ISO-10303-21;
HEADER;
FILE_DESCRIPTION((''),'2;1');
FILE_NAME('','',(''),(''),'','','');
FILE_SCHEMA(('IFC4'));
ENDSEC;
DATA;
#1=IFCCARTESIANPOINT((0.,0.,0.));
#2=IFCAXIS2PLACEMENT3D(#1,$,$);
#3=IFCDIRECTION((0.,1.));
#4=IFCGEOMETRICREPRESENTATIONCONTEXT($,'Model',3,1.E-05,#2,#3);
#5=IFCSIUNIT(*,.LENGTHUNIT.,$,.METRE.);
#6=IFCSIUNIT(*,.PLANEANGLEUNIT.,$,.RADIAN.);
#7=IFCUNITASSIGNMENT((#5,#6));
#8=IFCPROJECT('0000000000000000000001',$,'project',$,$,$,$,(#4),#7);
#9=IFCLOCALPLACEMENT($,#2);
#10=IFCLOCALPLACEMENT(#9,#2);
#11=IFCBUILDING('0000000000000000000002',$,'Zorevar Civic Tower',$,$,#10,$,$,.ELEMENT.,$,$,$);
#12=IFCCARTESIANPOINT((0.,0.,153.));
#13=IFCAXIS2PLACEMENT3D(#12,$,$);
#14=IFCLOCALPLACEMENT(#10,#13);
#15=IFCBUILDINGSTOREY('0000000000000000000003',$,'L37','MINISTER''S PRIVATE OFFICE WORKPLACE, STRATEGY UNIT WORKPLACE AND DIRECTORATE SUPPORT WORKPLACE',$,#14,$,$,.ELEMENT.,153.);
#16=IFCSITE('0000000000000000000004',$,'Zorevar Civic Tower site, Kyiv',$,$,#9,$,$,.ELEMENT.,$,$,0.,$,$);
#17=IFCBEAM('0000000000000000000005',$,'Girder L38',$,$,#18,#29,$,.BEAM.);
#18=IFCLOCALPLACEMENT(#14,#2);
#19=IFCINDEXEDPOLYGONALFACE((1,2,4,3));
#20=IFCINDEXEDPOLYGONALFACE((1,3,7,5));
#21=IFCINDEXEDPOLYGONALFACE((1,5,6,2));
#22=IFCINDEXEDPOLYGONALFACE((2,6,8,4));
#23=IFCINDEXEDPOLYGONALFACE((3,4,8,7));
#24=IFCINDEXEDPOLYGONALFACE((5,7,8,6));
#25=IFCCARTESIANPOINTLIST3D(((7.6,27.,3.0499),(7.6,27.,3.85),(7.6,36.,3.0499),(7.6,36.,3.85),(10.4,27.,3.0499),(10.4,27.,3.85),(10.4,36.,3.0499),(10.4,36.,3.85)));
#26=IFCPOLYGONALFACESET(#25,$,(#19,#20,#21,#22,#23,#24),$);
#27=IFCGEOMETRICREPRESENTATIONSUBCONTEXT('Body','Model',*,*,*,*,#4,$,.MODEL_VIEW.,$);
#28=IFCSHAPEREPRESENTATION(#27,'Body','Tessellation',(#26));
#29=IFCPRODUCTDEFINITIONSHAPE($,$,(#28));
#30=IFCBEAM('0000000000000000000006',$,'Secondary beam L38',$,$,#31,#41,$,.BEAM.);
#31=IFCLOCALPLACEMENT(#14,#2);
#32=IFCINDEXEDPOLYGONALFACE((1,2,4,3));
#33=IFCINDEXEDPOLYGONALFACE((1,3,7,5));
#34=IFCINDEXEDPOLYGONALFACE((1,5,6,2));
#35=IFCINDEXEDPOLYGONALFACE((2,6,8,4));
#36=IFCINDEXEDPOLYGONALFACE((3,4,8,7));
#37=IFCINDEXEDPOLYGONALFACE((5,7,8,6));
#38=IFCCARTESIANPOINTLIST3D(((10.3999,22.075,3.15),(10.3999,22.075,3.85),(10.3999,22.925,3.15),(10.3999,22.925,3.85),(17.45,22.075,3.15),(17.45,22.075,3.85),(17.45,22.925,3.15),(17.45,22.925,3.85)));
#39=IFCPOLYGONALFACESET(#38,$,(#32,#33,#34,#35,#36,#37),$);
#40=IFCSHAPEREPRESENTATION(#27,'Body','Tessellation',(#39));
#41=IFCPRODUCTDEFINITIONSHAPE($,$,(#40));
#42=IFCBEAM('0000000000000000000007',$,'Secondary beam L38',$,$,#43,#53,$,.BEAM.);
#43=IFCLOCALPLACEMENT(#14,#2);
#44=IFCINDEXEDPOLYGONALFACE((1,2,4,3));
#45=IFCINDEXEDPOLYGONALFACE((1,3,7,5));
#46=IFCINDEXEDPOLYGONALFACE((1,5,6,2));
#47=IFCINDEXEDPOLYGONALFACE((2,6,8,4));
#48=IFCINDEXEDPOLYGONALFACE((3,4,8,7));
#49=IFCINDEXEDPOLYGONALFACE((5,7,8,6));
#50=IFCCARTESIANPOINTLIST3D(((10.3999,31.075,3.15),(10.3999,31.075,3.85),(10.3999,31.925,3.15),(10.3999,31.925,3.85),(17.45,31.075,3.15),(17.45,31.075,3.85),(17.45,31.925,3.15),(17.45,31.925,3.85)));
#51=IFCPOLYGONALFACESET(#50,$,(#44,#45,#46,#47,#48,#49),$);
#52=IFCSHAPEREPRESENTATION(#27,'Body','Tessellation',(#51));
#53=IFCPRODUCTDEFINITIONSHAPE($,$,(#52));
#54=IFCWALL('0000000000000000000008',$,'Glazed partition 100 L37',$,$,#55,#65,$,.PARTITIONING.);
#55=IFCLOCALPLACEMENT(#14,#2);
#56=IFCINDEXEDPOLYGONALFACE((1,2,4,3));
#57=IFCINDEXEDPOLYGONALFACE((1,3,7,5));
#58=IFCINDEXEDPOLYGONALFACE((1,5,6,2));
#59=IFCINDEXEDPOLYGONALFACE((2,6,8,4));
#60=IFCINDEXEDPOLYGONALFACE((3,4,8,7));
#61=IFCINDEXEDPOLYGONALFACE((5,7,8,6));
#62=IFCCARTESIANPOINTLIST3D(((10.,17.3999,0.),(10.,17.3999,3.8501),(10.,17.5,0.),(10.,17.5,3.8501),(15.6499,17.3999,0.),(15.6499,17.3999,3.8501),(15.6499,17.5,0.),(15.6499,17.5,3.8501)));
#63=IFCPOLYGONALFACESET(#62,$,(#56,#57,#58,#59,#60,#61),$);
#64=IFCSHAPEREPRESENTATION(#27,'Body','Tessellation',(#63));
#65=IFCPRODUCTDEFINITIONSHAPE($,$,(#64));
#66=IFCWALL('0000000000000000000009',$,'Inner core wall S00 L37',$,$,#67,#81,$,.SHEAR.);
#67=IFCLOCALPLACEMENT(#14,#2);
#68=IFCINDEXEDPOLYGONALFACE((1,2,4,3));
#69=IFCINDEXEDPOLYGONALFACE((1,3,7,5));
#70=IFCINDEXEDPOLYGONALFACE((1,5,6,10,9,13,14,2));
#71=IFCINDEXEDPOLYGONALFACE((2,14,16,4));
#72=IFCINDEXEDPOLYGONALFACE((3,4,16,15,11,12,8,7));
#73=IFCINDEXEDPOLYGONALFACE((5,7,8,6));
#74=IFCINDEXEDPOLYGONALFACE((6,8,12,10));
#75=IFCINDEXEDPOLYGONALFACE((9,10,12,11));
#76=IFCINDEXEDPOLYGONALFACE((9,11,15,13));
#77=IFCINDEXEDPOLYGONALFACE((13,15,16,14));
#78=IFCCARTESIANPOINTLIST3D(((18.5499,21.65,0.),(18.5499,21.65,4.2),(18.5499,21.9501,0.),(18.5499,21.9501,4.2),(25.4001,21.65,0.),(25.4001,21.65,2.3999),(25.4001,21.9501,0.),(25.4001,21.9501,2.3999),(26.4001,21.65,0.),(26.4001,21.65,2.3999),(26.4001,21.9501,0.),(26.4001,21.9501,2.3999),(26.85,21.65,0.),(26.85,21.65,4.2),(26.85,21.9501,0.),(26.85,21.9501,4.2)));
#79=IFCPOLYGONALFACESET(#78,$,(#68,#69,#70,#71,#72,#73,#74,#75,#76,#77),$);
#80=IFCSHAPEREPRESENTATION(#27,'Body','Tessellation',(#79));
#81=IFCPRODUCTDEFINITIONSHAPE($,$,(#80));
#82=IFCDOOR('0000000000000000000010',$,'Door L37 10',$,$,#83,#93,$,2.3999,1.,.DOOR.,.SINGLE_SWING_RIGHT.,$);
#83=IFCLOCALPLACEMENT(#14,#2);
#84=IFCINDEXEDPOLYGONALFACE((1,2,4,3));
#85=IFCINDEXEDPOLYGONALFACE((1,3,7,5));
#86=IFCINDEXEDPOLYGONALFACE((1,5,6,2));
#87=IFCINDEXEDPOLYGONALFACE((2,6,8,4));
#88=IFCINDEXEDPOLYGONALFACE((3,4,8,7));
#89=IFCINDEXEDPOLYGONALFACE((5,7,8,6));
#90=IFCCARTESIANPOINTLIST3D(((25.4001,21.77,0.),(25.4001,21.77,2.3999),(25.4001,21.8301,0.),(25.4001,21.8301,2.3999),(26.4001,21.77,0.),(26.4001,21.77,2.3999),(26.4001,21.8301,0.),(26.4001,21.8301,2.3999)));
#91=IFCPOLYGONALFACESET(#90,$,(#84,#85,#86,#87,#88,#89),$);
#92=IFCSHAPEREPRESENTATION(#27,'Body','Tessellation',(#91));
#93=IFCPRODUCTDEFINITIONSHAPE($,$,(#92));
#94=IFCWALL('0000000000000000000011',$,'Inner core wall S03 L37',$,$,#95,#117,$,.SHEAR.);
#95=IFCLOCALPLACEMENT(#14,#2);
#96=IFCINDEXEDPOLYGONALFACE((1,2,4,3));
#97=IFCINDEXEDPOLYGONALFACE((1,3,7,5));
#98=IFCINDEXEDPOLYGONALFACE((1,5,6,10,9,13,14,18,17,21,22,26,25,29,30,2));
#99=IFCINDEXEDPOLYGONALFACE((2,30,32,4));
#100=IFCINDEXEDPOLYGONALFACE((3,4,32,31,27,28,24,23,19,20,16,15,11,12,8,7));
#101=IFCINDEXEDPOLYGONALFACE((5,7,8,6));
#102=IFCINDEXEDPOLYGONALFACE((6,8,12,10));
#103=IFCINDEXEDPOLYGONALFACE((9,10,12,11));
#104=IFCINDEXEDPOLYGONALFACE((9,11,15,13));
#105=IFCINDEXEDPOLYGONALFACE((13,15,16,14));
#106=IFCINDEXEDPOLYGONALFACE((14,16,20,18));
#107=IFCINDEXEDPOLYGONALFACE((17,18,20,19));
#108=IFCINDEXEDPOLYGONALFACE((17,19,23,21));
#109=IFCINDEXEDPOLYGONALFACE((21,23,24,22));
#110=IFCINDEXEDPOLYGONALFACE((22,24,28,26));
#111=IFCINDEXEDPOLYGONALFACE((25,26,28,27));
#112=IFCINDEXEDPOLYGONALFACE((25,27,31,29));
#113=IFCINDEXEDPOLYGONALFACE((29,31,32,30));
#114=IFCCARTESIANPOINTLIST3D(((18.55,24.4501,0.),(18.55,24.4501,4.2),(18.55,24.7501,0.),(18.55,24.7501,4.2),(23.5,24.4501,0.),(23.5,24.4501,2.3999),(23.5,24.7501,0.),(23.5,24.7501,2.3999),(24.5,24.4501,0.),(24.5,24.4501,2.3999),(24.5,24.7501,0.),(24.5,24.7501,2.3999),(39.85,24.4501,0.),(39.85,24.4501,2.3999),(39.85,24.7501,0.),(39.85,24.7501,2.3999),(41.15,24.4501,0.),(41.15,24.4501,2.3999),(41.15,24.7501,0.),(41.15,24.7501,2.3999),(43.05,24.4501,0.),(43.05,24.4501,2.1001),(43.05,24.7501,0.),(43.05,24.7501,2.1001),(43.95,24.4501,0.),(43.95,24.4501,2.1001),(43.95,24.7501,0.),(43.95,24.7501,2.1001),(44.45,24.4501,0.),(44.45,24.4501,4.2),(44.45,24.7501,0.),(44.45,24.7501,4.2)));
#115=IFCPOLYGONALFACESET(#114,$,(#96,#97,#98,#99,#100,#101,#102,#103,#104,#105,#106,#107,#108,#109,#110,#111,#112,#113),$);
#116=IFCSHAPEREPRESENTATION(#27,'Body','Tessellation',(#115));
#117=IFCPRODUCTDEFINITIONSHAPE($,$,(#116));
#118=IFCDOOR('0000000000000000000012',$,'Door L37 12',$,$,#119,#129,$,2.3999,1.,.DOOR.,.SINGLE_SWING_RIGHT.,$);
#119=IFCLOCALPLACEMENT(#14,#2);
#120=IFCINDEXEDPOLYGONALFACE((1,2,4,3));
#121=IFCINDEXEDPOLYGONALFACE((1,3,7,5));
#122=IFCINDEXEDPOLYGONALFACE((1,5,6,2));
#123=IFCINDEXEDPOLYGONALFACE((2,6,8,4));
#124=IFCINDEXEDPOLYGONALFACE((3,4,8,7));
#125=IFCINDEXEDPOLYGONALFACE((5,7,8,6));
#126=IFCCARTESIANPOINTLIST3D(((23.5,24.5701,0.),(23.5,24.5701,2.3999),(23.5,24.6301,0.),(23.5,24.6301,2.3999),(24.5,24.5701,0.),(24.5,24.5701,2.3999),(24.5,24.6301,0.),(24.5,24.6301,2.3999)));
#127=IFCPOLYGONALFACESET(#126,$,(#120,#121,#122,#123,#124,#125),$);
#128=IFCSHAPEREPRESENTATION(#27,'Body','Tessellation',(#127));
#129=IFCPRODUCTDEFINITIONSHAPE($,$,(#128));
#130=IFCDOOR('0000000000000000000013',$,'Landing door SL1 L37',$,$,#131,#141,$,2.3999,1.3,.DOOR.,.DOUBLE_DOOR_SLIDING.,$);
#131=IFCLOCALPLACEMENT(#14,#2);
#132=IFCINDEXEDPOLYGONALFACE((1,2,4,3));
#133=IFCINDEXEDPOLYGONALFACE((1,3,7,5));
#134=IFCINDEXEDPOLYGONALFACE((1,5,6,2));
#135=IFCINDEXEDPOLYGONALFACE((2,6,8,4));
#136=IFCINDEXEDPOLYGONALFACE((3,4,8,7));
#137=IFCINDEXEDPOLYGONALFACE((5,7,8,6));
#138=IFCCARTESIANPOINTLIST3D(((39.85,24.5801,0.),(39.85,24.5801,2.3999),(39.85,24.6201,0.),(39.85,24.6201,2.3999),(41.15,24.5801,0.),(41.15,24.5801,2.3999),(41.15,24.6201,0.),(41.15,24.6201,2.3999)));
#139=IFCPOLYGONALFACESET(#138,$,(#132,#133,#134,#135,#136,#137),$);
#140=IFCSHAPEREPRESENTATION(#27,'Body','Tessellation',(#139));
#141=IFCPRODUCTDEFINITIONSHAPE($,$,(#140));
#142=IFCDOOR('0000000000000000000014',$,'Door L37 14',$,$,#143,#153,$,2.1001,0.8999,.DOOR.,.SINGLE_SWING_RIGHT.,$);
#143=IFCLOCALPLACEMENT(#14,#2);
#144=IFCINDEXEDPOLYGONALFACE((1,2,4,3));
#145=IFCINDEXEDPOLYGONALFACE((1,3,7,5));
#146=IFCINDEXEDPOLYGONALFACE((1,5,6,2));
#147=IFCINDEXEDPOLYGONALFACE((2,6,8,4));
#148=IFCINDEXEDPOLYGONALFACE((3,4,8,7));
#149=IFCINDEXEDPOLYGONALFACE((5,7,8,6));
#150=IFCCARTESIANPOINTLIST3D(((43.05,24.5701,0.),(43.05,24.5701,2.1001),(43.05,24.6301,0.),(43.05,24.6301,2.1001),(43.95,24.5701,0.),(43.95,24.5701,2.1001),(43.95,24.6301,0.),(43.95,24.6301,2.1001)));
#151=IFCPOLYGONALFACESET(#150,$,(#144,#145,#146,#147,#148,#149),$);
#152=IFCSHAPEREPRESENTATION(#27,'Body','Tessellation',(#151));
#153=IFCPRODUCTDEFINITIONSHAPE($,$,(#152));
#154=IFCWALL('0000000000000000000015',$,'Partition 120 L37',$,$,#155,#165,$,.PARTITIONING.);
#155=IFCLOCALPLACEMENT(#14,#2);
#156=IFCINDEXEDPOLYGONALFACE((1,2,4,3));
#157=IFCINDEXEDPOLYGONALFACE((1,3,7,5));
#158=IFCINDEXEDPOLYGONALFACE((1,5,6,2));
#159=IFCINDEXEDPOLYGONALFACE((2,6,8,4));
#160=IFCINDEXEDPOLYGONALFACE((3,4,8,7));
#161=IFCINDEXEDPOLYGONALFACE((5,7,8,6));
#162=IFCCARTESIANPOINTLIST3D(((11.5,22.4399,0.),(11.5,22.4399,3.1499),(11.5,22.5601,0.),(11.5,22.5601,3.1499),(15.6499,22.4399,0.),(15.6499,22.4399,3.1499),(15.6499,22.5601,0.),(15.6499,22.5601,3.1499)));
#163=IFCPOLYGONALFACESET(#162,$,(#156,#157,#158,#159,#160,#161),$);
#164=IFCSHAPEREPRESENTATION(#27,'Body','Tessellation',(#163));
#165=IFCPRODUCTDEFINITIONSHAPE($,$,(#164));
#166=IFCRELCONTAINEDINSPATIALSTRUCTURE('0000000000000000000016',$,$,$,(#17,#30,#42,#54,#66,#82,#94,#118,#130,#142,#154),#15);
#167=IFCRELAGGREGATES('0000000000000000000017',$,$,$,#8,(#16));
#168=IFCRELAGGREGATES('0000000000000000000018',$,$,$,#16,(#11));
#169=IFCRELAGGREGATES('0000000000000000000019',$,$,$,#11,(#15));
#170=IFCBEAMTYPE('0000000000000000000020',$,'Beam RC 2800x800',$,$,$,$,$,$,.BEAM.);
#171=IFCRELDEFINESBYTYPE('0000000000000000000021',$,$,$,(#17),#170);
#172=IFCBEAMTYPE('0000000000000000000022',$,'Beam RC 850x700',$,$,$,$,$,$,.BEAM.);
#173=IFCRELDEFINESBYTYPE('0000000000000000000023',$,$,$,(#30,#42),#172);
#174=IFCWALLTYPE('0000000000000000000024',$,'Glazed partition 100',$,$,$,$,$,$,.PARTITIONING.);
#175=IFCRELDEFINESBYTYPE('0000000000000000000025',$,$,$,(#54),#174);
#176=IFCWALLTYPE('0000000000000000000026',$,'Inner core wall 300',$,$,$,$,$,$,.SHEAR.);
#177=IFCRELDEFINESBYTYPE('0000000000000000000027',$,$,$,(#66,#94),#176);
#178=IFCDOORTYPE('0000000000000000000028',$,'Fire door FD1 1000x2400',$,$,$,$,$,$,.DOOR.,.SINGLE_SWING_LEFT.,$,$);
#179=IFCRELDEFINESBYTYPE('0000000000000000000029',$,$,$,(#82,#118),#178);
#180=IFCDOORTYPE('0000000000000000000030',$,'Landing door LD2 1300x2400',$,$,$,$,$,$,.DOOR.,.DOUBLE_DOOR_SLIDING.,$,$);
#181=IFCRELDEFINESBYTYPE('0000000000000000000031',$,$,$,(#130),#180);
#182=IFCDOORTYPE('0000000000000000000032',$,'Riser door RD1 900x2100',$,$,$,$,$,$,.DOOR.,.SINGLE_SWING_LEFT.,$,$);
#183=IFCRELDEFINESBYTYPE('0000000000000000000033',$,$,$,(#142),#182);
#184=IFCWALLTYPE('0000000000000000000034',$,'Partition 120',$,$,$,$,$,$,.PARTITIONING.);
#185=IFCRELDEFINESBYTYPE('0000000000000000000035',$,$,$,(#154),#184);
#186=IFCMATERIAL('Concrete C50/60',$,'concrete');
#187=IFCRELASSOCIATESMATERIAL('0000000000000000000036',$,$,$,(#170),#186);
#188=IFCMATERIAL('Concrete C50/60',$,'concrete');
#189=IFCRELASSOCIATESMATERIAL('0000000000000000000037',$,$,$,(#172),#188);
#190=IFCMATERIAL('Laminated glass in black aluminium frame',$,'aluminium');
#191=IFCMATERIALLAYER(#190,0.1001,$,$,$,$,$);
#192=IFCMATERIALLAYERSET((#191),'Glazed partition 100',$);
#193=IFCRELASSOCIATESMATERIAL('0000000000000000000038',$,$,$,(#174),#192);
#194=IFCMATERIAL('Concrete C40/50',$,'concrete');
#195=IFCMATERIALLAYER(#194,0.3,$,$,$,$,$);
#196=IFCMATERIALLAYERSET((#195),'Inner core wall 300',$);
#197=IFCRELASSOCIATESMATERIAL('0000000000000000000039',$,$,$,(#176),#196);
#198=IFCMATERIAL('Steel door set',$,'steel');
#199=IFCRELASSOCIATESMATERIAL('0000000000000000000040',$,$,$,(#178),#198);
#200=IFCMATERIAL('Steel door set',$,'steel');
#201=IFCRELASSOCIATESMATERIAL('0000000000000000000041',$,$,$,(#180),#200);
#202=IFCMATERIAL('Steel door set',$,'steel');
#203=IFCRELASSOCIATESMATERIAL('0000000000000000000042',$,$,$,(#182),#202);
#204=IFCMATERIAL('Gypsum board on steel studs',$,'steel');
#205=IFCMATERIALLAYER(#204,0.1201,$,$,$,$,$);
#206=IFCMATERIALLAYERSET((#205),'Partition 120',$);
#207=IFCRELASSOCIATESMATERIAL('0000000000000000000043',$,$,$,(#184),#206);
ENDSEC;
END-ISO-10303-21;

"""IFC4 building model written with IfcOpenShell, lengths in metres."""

from ifc_helpers import new_model, si_unit, direction, frame, frame_2d, origin, origin_2d, place, context, subcontext, project, spatial, rectangle, extrude, material, layer, layer_set, material_profile, profile_set, type_object, element, fill, save


model = new_model("IFC4")

# Units and contexts
model_context = context("Model", 3, precision=1e-05, world=origin(), true_north=direction((0.0, 1.0)))
body_context = subcontext(model_context, "Body", "Model", "MODEL_VIEW")
ifc_project = project(units=[si_unit("LENGTHUNIT", "METRE"), si_unit("PLANEANGLEUNIT", "RADIAN")], contexts=[model_context])

# Site, building, storey
site_placement = place(None, origin())
site = spatial("IfcSite", under=ifc_project, at=site_placement, Name="Zorevar Civic Tower site, Kyiv", CompositionType="ELEMENT", RefElevation=0.0)
building_placement = place(site_placement, origin())
building = spatial("IfcBuilding", under=site, at=building_placement, Name="Zorevar Civic Tower", CompositionType="ELEMENT")
storey_placement = place(building_placement, frame((0.0, 0.0, 153.0)))
storey = spatial("IfcBuildingStorey", under=building, at=storey_placement, Name="L37", Description="MINISTER'S PRIVATE OFFICE WORKPLACE, STRATEGY UNIT WORKPLACE AND DIRECTORATE SUPPORT WORKPLACE", CompositionType="ELEMENT", Elevation=153.0)

# Beams
ifc_material_1 = material(Name="Concrete C50/60", Category="concrete")
ifc_material_profile_1 = material_profile(ifc_material_1, rectangle(XDim=2.8, YDim=0.8, at=origin_2d()), Name="RC 2800x800")
ifc_profile_set_1 = profile_set([ifc_material_profile_1], Name="Concrete C50/60")
beam_type_1 = type_object("IfcBeamType", Name="Beam RC 2800x800", PredefinedType="BEAM", material=ifc_profile_set_1)
beam_placement = place(storey_placement, frame((9.0, 27.0, 3.45), z_axis=(0.0, 1.0, 0.0), x_axis=(-1.0, 0.0, 0.0)))
element("IfcBeam", 1, at=beam_placement, inside=storey, type_object=beam_type_1, Name="Girder L38", PredefinedType="BEAM", context=body_context, shape_type="SweptSolid", body=[
    extrude(rectangle(XDim=2.8, YDim=0.8, at=origin_2d()), origin(), (0.0, 0.0, 1.0), 9.0),
])
ifc_material_2 = material(Name="Concrete C50/60", Category="concrete")
ifc_material_profile_2 = material_profile(ifc_material_2, rectangle(XDim=0.8501, YDim=0.7, at=origin_2d()), Name="RC 850x700")
ifc_profile_set_2 = profile_set([ifc_material_profile_2], Name="Concrete C50/60")
beam_type_2 = type_object("IfcBeamType", Name="Beam RC 850x700", PredefinedType="BEAM", material=ifc_profile_set_2)
for number, where, z_axis, x_axis, name in (
    (2, (10.3999, 22.5, 3.5), (1.0, 0.0, 0.0), (0.0, 1.0, 0.0), "Secondary beam L38"),
    (3, (10.3999, 31.5, 3.5), (1.0, 0.0, 0.0), (0.0, 1.0, 0.0), "Secondary beam L38"),
):
    element("IfcBeam", number, at=place(storey_placement, frame(where, z_axis=z_axis, x_axis=x_axis)), inside=storey, type_object=beam_type_2, Name=name, PredefinedType="BEAM", context=body_context, shape_type="SweptSolid", body=[
        extrude(rectangle(XDim=0.8501, YDim=0.7, at=origin_2d()), origin(), (0.0, 0.0, 1.0), 7.05),
    ])

# Wall
ifc_material_3 = material(Name="Laminated glass in black aluminium frame", Category="aluminium")
ifc_layer_1 = layer(ifc_material_3, 0.1001)
ifc_layer_set_1 = layer_set([ifc_layer_1], Name="Glazed partition 100")
wall_type_1 = type_object("IfcWallType", Name="Glazed partition 100", PredefinedType="PARTITIONING", material=ifc_layer_set_1)
wall_1_placement = place(storey_placement, frame((10.0, 17.45, 0.0), z_axis=(0.0, 0.0, 1.0), x_axis=(1.0, 0.0, 0.0)))
element("IfcWall", 4, at=wall_1_placement, inside=storey, type_object=wall_type_1, Name="Glazed partition 100 L37", PredefinedType="PARTITIONING", context=body_context, shape_type="SweptSolid", body=[
    extrude(rectangle(XDim=5.6499, YDim=0.1001, at=frame_2d((2.825, 0.0))), origin(), (0.0, 0.0, 1.0), 3.8501),
])

# Wall, opening, door
ifc_material_4 = material(Name="Concrete C40/50", Category="concrete")
ifc_layer_2 = layer(ifc_material_4, 0.3)
ifc_layer_set_2 = layer_set([ifc_layer_2], Name="Inner core wall 300")
wall_type_2 = type_object("IfcWallType", Name="Inner core wall 300", PredefinedType="SHEAR", material=ifc_layer_set_2)
wall_2_placement = place(storey_placement, frame((18.55, 21.8, 0.0), z_axis=(0.0, 0.0, 1.0), x_axis=(1.0, 0.0, 0.0)))
wall_2 = element("IfcWall", 5, at=wall_2_placement, inside=storey, type_object=wall_type_2, Name="Inner core wall S00 L37", PredefinedType="SHEAR", context=body_context, shape_type="SweptSolid", body=[
    extrude(rectangle(XDim=8.3, YDim=0.3, at=frame_2d((4.1499, 0.0))), origin(), (0.0, 0.0, 1.0), 4.2),
])
opening_1_placement = place(wall_2_placement, frame((6.8501, 0.0, 0.0)))
opening_1 = element("IfcOpeningElement", 6, at=opening_1_placement, cuts=wall_2, PredefinedType="OPENING", context=body_context, shape_type="SweptSolid", body=[
    extrude(rectangle(XDim=1.0, YDim=2.3999, at=frame_2d((0.5, 1.2))), frame((0.0, 0.1599, 0.0), z_axis=(0.0, -1.0, 0.0), x_axis=(1.0, 0.0, 0.0)), (0.0, 0.0, 1.0), 0.3201),
])
ifc_material_5 = material(Name="Steel door set", Category="steel")
door_type_1 = type_object("IfcDoorType", Name="Fire door FD1 1000x2400", OperationType="SINGLE_SWING_LEFT", PredefinedType="DOOR", material=ifc_material_5)
door_1_placement = place(opening_1_placement, origin())
door_1 = element("IfcDoor", 7, at=door_1_placement, inside=storey, type_object=door_type_1, Name="Door L37 10", OperationType="SINGLE_SWING_RIGHT", OverallHeight=2.3999, OverallWidth=1.0, PredefinedType="DOOR", context=body_context, shape_type="SweptSolid", body=[
    extrude(rectangle(XDim=1.0, YDim=2.3999, at=frame_2d((0.5, 1.2))), frame((0.0, 0.03, 0.0), z_axis=(0.0, -1.0, 0.0), x_axis=(1.0, 0.0, 0.0)), (0.0, 0.0, 1.0), 0.0601),
])
fill(opening_1, door_1)

# Wall, openings, doors
wall_3_placement = place(storey_placement, frame((18.55, 24.6001, 0.0), z_axis=(0.0, 0.0, 1.0), x_axis=(1.0, 0.0, 0.0)))
wall_3 = element("IfcWall", 8, at=wall_3_placement, inside=storey, type_object=wall_type_2, Name="Inner core wall S03 L37", PredefinedType="SHEAR", context=body_context, shape_type="SweptSolid", body=[
    extrude(rectangle(XDim=25.8999, YDim=0.3, at=frame_2d((12.95, 0.0))), origin(), (0.0, 0.0, 1.0), 4.2),
])
opening_2_placement = place(wall_3_placement, frame((4.95, 0.0, 0.0)))
opening_2 = element("IfcOpeningElement", 9, at=opening_2_placement, cuts=wall_3, PredefinedType="OPENING", context=body_context, shape_type="SweptSolid", body=[
    extrude(rectangle(XDim=1.0, YDim=2.3999, at=frame_2d((0.5, 1.2))), frame((0.0, 0.1599, 0.0), z_axis=(0.0, -1.0, 0.0), x_axis=(1.0, 0.0, 0.0)), (0.0, 0.0, 1.0), 0.3201),
])
opening_3_placement = place(wall_3_placement, frame((24.5, 0.0, 0.0)))
opening_3 = element("IfcOpeningElement", 10, at=opening_3_placement, cuts=wall_3, PredefinedType="OPENING", context=body_context, shape_type="SweptSolid", body=[
    extrude(rectangle(XDim=0.8999, YDim=2.1001, at=frame_2d((0.45, 1.05))), frame((0.0, 0.1599, 0.0), z_axis=(0.0, -1.0, 0.0), x_axis=(1.0, 0.0, 0.0)), (0.0, 0.0, 1.0), 0.3201),
])
opening_4_placement = place(wall_3_placement, frame((21.3, 0.0, 0.0)))
opening_4 = element("IfcOpeningElement", 11, at=opening_4_placement, cuts=wall_3, PredefinedType="OPENING", context=body_context, shape_type="SweptSolid", body=[
    extrude(rectangle(XDim=1.3, YDim=2.3999, at=frame_2d((0.6499, 1.2))), frame((0.0, 0.1599, 0.0), z_axis=(0.0, -1.0, 0.0), x_axis=(1.0, 0.0, 0.0)), (0.0, 0.0, 1.0), 0.3201),
])
door_2_placement = place(opening_2_placement, origin())
door_2 = element("IfcDoor", 12, at=door_2_placement, inside=storey, type_object=door_type_1, Name="Door L37 12", OperationType="SINGLE_SWING_RIGHT", OverallHeight=2.3999, OverallWidth=1.0, PredefinedType="DOOR", context=body_context, shape_type="SweptSolid", body=[
    extrude(rectangle(XDim=1.0, YDim=2.3999, at=frame_2d((0.5, 1.2))), frame((0.0, 0.03, 0.0), z_axis=(0.0, -1.0, 0.0), x_axis=(1.0, 0.0, 0.0)), (0.0, 0.0, 1.0), 0.0601),
])
fill(opening_2, door_2)
ifc_material_6 = material(Name="Steel door set", Category="steel")
door_type_2 = type_object("IfcDoorType", Name="Landing door LD2 1300x2400", OperationType="DOUBLE_DOOR_SLIDING", PredefinedType="DOOR", material=ifc_material_6)
door_3_placement = place(opening_4_placement, origin())
door_3 = element("IfcDoor", 13, at=door_3_placement, inside=storey, type_object=door_type_2, Name="Landing door SL1 L37", OperationType="DOUBLE_DOOR_SLIDING", OverallHeight=2.3999, OverallWidth=1.3, PredefinedType="DOOR", context=body_context, shape_type="SweptSolid", body=[
    extrude(rectangle(XDim=1.3, YDim=2.3999, at=frame_2d((0.6499, 1.2))), frame((0.0, 0.02, 0.0), z_axis=(0.0, -1.0, 0.0), x_axis=(1.0, 0.0, 0.0)), (0.0, 0.0, 1.0), 0.04),
])
fill(opening_4, door_3)
ifc_material_7 = material(Name="Steel door set", Category="steel")
door_type_3 = type_object("IfcDoorType", Name="Riser door RD1 900x2100", OperationType="SINGLE_SWING_LEFT", PredefinedType="DOOR", material=ifc_material_7)
door_4_placement = place(opening_3_placement, origin())
door_4 = element("IfcDoor", 14, at=door_4_placement, inside=storey, type_object=door_type_3, Name="Door L37 14", OperationType="SINGLE_SWING_RIGHT", OverallHeight=2.1001, OverallWidth=0.8999, PredefinedType="DOOR", context=body_context, shape_type="SweptSolid", body=[
    extrude(rectangle(XDim=0.8999, YDim=2.1001, at=frame_2d((0.45, 1.05))), frame((0.0, 0.03, 0.0), z_axis=(0.0, -1.0, 0.0), x_axis=(1.0, 0.0, 0.0)), (0.0, 0.0, 1.0), 0.0601),
])
fill(opening_3, door_4)

# Wall
ifc_material_8 = material(Name="Gypsum board on steel studs", Category="steel")
ifc_layer_3 = layer(ifc_material_8, 0.1201)
ifc_layer_set_3 = layer_set([ifc_layer_3], Name="Partition 120")
wall_type_3 = type_object("IfcWallType", Name="Partition 120", PredefinedType="PARTITIONING", material=ifc_layer_set_3)
wall_4_placement = place(storey_placement, frame((11.5, 22.5, 0.0), z_axis=(0.0, 0.0, 1.0), x_axis=(1.0, 0.0, 0.0)))
element("IfcWall", 15, at=wall_4_placement, inside=storey, type_object=wall_type_3, Name="Partition 120 L37", PredefinedType="PARTITIONING", context=body_context, shape_type="SweptSolid", body=[
    extrude(rectangle(XDim=4.1499, YDim=0.1201, at=frame_2d((2.075, 0.0))), origin(), (0.0, 0.0, 1.0), 3.1499),
])

save(model, "model.ifc")
